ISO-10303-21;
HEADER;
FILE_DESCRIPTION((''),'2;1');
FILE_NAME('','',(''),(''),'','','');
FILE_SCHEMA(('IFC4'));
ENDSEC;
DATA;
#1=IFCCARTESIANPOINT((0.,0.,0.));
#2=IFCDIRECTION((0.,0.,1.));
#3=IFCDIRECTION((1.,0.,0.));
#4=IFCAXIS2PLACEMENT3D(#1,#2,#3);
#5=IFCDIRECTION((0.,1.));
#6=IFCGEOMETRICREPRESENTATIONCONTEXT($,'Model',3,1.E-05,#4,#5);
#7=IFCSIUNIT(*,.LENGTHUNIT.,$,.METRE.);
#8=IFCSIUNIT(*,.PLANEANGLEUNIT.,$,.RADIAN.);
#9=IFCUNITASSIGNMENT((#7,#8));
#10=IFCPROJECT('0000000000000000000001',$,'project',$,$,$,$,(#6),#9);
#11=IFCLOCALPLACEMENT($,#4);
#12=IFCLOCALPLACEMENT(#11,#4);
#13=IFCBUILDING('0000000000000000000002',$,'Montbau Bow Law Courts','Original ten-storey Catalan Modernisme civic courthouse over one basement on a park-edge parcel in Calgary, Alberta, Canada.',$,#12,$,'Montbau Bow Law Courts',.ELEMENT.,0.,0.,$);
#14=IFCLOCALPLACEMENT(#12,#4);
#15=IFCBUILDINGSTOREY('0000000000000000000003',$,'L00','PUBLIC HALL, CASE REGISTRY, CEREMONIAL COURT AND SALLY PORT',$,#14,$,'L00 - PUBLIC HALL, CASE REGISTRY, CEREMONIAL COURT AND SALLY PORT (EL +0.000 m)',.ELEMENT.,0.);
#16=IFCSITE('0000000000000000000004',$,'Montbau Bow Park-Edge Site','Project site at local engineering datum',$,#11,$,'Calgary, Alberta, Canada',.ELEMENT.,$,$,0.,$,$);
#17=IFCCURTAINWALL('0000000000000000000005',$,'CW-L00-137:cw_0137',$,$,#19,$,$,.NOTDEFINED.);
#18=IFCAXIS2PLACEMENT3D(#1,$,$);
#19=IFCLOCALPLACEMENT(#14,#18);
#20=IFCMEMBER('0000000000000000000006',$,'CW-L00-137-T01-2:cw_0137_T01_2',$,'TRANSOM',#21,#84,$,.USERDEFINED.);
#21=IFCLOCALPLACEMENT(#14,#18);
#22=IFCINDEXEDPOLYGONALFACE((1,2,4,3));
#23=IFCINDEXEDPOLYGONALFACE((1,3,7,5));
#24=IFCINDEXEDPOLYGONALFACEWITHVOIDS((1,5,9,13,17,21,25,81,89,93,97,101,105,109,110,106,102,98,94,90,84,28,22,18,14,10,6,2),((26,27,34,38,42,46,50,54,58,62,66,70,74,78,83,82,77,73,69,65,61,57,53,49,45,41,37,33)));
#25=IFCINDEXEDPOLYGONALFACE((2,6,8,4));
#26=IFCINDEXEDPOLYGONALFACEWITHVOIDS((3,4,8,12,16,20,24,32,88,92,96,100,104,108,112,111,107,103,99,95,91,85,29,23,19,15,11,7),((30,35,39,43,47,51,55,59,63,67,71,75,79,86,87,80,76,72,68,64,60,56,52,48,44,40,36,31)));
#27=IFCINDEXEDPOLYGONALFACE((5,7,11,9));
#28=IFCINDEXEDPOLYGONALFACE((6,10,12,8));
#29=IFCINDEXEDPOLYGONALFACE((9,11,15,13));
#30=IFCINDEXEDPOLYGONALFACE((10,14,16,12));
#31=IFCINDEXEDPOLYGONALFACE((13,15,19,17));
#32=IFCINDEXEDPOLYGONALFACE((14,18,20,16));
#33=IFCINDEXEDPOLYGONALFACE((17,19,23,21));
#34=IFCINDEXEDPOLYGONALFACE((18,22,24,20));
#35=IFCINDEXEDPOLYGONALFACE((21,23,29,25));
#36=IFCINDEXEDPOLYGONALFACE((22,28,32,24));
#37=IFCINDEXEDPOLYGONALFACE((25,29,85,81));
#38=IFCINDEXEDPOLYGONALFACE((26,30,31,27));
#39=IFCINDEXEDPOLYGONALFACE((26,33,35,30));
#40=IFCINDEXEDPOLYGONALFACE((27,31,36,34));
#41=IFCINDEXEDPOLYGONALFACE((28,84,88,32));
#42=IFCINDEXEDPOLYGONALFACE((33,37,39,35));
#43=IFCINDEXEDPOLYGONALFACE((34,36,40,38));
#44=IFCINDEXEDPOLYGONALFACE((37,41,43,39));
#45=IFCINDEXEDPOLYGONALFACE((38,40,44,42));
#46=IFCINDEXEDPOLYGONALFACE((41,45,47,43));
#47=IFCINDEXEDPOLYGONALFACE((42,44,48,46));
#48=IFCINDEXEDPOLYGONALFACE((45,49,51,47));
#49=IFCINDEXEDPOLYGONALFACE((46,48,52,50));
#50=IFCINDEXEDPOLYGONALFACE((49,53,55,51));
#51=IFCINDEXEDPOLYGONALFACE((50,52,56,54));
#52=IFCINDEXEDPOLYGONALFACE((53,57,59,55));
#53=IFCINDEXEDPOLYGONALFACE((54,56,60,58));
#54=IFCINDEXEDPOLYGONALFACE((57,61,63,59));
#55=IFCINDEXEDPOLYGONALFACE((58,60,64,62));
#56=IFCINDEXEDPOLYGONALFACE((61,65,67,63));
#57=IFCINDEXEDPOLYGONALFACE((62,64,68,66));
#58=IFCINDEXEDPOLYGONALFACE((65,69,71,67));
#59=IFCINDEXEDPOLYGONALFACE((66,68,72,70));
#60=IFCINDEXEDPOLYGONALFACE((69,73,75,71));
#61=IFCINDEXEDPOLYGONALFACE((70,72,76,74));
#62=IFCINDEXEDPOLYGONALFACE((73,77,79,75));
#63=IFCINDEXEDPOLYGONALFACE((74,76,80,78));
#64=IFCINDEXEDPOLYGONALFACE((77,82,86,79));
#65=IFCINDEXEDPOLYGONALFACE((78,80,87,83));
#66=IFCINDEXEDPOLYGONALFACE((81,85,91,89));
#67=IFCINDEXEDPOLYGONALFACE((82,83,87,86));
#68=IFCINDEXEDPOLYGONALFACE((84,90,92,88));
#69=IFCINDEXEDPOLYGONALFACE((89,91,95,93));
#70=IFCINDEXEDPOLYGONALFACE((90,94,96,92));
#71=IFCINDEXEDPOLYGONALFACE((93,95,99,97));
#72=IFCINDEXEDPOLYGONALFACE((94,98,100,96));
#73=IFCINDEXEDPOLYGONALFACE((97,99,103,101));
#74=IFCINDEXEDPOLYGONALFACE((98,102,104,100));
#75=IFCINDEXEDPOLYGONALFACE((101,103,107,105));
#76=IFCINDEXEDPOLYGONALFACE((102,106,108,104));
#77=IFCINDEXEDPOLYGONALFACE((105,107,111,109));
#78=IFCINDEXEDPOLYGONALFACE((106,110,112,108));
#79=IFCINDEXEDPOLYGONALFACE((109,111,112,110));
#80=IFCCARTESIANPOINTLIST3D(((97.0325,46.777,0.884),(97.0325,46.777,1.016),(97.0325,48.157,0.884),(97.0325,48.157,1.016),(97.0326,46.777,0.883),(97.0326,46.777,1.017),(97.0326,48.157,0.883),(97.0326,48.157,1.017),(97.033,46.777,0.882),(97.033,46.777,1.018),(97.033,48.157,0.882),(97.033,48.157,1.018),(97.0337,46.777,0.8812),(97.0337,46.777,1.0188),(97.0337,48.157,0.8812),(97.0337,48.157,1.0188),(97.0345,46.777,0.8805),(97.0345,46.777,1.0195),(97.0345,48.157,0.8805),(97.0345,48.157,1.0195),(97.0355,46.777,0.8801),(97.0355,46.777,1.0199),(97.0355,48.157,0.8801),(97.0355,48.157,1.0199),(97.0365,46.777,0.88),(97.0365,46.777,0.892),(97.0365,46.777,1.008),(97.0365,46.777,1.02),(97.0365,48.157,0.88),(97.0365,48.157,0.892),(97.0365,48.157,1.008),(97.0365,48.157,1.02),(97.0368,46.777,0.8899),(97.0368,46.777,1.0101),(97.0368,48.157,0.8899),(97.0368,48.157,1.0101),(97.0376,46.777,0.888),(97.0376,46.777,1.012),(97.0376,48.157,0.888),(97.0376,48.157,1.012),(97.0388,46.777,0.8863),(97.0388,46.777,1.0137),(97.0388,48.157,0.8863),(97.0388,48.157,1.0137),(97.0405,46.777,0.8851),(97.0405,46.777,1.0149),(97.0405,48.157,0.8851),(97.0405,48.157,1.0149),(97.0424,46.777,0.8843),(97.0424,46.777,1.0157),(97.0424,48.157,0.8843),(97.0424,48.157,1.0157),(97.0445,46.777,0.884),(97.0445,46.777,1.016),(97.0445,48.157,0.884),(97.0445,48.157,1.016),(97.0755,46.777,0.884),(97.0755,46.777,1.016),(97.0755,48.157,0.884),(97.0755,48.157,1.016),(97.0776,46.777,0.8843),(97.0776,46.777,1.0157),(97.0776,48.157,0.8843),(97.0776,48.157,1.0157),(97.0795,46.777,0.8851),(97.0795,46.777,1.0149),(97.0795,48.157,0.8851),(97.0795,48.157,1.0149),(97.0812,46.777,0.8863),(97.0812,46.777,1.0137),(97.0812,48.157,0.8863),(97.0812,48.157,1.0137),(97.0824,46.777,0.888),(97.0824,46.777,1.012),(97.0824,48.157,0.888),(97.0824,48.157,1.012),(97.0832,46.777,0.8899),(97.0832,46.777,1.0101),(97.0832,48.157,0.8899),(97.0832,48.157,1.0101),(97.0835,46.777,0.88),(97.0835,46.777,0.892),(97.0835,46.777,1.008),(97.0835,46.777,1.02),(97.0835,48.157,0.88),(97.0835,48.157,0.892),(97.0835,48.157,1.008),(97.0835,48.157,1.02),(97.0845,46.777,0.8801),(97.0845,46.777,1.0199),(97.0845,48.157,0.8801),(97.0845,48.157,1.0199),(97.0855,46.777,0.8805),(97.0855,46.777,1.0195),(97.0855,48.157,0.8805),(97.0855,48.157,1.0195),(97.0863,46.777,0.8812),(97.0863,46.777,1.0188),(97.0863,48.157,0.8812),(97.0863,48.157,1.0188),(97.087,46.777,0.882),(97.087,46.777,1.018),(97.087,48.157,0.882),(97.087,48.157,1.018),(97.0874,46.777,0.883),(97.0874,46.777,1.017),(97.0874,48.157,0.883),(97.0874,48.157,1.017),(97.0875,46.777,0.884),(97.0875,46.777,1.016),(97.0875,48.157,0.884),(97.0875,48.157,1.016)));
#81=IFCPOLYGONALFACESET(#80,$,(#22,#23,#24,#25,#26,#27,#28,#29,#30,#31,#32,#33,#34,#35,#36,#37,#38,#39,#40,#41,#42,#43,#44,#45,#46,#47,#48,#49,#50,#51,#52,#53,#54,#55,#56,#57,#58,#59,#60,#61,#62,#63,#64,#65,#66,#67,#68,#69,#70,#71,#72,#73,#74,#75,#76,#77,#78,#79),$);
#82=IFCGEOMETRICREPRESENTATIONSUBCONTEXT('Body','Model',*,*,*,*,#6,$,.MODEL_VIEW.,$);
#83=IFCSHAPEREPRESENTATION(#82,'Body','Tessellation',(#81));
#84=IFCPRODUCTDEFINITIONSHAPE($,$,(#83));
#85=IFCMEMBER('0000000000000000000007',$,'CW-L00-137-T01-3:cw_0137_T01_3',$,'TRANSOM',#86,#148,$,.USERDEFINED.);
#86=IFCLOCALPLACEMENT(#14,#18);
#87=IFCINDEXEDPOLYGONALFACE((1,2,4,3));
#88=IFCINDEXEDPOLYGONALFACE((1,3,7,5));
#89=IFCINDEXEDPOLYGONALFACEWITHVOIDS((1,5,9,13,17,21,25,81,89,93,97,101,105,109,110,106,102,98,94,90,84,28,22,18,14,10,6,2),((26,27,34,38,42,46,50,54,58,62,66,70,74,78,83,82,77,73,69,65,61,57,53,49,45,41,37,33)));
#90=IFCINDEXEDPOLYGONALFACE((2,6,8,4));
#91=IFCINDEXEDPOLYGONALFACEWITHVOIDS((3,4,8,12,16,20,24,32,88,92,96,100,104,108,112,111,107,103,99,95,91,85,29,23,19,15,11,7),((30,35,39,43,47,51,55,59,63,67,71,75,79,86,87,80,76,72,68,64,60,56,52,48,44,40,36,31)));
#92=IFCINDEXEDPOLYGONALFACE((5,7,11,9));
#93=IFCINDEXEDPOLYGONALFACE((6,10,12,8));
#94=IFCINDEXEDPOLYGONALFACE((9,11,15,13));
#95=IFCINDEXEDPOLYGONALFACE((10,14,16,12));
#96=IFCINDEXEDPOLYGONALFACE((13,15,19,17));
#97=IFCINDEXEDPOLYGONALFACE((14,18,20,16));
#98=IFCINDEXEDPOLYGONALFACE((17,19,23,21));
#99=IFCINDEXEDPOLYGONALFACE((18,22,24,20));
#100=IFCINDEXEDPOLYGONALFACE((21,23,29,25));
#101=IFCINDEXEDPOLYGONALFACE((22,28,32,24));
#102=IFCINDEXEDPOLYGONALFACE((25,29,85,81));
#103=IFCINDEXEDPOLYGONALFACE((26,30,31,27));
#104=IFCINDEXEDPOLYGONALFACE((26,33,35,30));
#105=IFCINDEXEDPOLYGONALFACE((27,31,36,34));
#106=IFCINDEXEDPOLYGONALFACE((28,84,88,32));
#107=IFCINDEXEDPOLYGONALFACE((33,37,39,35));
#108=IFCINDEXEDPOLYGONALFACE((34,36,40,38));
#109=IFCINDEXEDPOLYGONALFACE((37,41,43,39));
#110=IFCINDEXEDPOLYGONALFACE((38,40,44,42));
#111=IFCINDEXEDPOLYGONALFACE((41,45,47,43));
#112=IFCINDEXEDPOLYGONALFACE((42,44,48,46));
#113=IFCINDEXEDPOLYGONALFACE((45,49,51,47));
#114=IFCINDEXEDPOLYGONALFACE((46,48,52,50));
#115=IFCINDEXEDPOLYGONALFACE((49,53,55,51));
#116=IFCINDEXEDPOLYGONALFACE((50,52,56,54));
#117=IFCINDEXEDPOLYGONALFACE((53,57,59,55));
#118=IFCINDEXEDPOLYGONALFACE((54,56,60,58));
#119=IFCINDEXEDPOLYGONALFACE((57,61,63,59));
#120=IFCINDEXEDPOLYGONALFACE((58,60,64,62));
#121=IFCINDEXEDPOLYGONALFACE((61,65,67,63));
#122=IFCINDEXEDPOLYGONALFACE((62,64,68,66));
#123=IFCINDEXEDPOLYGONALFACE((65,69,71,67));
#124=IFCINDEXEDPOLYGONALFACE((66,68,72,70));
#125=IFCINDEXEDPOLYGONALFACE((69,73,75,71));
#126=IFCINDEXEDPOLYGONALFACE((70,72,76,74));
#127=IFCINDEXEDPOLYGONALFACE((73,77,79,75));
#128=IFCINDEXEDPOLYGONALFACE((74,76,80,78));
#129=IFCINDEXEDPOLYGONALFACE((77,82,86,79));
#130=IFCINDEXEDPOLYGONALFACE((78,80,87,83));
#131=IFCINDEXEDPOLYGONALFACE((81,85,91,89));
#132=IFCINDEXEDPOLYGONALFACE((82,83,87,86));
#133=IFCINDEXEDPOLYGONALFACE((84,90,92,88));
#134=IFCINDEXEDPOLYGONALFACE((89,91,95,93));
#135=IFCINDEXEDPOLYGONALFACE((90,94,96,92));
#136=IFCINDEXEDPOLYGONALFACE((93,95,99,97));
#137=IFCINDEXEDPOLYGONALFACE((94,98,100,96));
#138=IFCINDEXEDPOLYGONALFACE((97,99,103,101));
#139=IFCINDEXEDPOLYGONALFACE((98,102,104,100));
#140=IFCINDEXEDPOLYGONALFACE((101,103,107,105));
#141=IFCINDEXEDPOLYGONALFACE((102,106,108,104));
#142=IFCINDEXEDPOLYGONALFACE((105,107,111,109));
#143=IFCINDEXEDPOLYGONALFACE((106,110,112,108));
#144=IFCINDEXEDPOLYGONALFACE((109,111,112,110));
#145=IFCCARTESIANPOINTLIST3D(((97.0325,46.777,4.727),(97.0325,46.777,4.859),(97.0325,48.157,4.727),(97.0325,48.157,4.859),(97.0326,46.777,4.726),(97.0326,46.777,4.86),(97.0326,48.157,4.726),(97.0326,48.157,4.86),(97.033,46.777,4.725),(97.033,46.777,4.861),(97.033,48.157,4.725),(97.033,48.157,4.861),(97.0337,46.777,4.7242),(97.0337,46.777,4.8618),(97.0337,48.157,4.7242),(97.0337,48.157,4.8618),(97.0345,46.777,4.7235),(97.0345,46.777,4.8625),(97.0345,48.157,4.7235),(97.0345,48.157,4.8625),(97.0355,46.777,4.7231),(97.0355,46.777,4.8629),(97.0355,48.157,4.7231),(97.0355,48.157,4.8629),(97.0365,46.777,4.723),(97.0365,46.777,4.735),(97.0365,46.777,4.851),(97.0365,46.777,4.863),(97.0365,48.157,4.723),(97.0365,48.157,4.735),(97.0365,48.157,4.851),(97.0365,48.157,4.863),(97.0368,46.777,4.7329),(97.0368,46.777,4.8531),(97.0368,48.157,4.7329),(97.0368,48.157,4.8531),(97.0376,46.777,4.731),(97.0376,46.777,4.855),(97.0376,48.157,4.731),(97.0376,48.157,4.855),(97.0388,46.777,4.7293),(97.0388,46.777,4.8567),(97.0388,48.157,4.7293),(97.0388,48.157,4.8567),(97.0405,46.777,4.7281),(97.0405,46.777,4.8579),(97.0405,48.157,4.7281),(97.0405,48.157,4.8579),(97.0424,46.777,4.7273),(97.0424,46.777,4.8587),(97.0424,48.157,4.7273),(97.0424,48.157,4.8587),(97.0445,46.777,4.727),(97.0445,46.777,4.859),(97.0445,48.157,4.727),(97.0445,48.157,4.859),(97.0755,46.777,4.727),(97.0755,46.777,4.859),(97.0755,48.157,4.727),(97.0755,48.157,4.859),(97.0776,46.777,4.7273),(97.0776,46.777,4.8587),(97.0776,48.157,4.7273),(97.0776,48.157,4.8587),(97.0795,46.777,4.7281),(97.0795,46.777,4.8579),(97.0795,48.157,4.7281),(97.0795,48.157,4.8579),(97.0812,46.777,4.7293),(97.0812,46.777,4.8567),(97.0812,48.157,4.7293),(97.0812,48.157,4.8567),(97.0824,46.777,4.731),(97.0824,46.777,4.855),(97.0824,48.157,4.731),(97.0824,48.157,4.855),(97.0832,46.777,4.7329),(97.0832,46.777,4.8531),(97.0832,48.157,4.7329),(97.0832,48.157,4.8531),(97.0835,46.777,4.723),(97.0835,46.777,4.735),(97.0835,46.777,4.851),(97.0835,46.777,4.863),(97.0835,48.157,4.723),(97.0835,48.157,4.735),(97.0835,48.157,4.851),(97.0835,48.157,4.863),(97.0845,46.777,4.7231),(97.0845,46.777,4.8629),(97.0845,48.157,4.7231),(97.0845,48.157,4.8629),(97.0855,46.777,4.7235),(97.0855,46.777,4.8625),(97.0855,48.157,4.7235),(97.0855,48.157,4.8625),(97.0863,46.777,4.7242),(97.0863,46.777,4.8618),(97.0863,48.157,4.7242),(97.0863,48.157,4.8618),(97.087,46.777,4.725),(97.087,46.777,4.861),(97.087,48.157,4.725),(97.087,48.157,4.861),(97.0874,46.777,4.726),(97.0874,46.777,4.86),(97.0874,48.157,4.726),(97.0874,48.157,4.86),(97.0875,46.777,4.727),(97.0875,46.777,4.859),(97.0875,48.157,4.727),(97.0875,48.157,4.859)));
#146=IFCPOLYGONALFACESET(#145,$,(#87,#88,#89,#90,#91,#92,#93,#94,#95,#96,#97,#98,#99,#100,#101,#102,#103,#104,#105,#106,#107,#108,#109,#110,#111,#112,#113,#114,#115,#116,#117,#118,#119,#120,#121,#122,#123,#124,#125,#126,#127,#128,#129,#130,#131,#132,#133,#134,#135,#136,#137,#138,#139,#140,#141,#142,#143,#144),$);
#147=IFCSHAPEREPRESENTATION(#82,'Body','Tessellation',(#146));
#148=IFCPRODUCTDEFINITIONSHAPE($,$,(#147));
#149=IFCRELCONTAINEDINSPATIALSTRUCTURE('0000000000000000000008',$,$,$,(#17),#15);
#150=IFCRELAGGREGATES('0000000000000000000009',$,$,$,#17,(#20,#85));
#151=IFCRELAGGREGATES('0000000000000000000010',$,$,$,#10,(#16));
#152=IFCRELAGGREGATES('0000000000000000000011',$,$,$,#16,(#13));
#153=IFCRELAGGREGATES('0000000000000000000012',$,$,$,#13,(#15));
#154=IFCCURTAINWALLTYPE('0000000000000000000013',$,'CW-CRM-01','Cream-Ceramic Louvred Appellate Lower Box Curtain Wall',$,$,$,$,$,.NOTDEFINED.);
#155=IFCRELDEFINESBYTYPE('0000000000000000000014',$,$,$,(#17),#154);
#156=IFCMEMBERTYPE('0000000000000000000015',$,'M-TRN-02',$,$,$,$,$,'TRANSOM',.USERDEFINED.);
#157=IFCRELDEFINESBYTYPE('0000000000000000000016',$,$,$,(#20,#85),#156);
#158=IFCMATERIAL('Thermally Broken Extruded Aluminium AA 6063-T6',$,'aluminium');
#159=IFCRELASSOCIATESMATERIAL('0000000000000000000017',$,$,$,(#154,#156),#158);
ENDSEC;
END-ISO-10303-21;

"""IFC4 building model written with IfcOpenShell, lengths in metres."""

from ifc_helpers import new_model, si_unit, direction, frame, origin_with_axes, origin_2d_with_axis, place, context, subcontext, project, spatial, hollow_rectangle, extrude, material, material_profile, profile_set, type_object, element, aggregate, save


model = new_model("IFC4")

# Units and contexts
model_context = context("Model", 3, precision=1e-05, world=origin_with_axes(), true_north=direction((0.0, 1.0)))
body_context = subcontext(model_context, "Body", "Model", "MODEL_VIEW")
ifc_project = project(units=[si_unit("LENGTHUNIT", "METRE"), si_unit("PLANEANGLEUNIT", "RADIAN")], contexts=[model_context])

# Site, building, storey
site_placement = place(None, origin_with_axes())
site = spatial("IfcSite", under=ifc_project, at=site_placement, Name="Montbau Bow Park-Edge Site", Description="Project site at local engineering datum", LongName="Calgary, Alberta, Canada", CompositionType="ELEMENT", RefElevation=0.0)
building_placement = place(site_placement, origin_with_axes())
building = spatial("IfcBuilding", under=site, at=building_placement, Name="Montbau Bow Law Courts", Description="Original ten-storey Catalan Modernisme civic courthouse over one basement on a park-edge parcel in Calgary, Alberta, Canada.", LongName="Montbau Bow Law Courts", CompositionType="ELEMENT", ElevationOfRefHeight=0.0, ElevationOfTerrain=0.0)
storey_placement = place(building_placement, origin_with_axes())
storey = spatial("IfcBuildingStorey", under=building, at=storey_placement, Name="L00", Description="PUBLIC HALL, CASE REGISTRY, CEREMONIAL COURT AND SALLY PORT", LongName="L00 - PUBLIC HALL, CASE REGISTRY, CEREMONIAL COURT AND SALLY PORT (EL +0.000 m)", CompositionType="ELEMENT", Elevation=0.0)

# Curtain wall
ifc_material_1 = material(Name="Thermally Broken Extruded Aluminium AA 6063-T6", Category="aluminium")
curtain_wall_type = type_object("IfcCurtainWallType", Name="CW-CRM-01", Description="Cream-Ceramic Louvred Appellate Lower Box Curtain Wall", PredefinedType="NOTDEFINED", material=ifc_material_1)
curtain_wall_1_placement = place(None, frame((97.06, 46.715, 0.0), z_axis=(0.0, 0.0, 1.0), x_axis=(1.0, 0.0, 0.0)))
curtain_wall_1 = element("IfcCurtainWall", 1, at=curtain_wall_1_placement, inside=storey, type_object=curtain_wall_type, Name="CW-L00-137:cw_0137", PredefinedType="NOTDEFINED")

# Members
ifc_material_profile_1 = material_profile(ifc_material_1, hollow_rectangle(XDim=0.055, YDim=0.14, WallThickness=0.004, InnerFilletRadius=0.008, OuterFilletRadius=0.004, at=origin_2d_with_axis()), Name="CWT-140X55", Category="Main", Priority=0)
ifc_profile_set_1 = profile_set([ifc_material_profile_1], Name="Thermally Broken Extruded Aluminium AA 6063-T6")
member_type_1 = type_object("IfcMemberType", Name="M-TRN-02", ElementType="TRANSOM", PredefinedType="USERDEFINED", material=ifc_profile_set_1)
member_1_placement = place(None, frame((97.06, 46.777, 0.95), z_axis=(0.0, 1.0, 0.0), x_axis=(-1.0, 0.0, 0.0)))
member_1 = element("IfcMember", 2, at=member_1_placement, type_object=member_type_1, Name="CW-L00-137-T01-2:cw_0137_T01_2", ObjectType="TRANSOM", PredefinedType="USERDEFINED", context=body_context, shape_type="SweptSolid", body=[
    extrude(hollow_rectangle(XDim=0.055, YDim=0.14, WallThickness=0.004, InnerFilletRadius=0.008, OuterFilletRadius=0.004, at=origin_2d_with_axis()), origin_with_axes(), (0.0, 0.0, 1.0), 1.38),
])
member_2_placement = place(None, frame((97.06, 46.777, 4.793), z_axis=(0.0, 1.0, 0.0), x_axis=(-1.0, 0.0, 0.0)))
member_2 = element("IfcMember", 3, at=member_2_placement, type_object=member_type_1, Name="CW-L00-137-T01-3:cw_0137_T01_3", ObjectType="TRANSOM", PredefinedType="USERDEFINED", context=body_context, shape_type="SweptSolid", body=[
    extrude(hollow_rectangle(XDim=0.055, YDim=0.14, WallThickness=0.004, InnerFilletRadius=0.008, OuterFilletRadius=0.004, at=origin_2d_with_axis()), origin_with_axes(), (0.0, 0.0, 1.0), 1.38),
])

aggregate(curtain_wall_1, [member_1, member_2])

save(model, "model.ifc")
